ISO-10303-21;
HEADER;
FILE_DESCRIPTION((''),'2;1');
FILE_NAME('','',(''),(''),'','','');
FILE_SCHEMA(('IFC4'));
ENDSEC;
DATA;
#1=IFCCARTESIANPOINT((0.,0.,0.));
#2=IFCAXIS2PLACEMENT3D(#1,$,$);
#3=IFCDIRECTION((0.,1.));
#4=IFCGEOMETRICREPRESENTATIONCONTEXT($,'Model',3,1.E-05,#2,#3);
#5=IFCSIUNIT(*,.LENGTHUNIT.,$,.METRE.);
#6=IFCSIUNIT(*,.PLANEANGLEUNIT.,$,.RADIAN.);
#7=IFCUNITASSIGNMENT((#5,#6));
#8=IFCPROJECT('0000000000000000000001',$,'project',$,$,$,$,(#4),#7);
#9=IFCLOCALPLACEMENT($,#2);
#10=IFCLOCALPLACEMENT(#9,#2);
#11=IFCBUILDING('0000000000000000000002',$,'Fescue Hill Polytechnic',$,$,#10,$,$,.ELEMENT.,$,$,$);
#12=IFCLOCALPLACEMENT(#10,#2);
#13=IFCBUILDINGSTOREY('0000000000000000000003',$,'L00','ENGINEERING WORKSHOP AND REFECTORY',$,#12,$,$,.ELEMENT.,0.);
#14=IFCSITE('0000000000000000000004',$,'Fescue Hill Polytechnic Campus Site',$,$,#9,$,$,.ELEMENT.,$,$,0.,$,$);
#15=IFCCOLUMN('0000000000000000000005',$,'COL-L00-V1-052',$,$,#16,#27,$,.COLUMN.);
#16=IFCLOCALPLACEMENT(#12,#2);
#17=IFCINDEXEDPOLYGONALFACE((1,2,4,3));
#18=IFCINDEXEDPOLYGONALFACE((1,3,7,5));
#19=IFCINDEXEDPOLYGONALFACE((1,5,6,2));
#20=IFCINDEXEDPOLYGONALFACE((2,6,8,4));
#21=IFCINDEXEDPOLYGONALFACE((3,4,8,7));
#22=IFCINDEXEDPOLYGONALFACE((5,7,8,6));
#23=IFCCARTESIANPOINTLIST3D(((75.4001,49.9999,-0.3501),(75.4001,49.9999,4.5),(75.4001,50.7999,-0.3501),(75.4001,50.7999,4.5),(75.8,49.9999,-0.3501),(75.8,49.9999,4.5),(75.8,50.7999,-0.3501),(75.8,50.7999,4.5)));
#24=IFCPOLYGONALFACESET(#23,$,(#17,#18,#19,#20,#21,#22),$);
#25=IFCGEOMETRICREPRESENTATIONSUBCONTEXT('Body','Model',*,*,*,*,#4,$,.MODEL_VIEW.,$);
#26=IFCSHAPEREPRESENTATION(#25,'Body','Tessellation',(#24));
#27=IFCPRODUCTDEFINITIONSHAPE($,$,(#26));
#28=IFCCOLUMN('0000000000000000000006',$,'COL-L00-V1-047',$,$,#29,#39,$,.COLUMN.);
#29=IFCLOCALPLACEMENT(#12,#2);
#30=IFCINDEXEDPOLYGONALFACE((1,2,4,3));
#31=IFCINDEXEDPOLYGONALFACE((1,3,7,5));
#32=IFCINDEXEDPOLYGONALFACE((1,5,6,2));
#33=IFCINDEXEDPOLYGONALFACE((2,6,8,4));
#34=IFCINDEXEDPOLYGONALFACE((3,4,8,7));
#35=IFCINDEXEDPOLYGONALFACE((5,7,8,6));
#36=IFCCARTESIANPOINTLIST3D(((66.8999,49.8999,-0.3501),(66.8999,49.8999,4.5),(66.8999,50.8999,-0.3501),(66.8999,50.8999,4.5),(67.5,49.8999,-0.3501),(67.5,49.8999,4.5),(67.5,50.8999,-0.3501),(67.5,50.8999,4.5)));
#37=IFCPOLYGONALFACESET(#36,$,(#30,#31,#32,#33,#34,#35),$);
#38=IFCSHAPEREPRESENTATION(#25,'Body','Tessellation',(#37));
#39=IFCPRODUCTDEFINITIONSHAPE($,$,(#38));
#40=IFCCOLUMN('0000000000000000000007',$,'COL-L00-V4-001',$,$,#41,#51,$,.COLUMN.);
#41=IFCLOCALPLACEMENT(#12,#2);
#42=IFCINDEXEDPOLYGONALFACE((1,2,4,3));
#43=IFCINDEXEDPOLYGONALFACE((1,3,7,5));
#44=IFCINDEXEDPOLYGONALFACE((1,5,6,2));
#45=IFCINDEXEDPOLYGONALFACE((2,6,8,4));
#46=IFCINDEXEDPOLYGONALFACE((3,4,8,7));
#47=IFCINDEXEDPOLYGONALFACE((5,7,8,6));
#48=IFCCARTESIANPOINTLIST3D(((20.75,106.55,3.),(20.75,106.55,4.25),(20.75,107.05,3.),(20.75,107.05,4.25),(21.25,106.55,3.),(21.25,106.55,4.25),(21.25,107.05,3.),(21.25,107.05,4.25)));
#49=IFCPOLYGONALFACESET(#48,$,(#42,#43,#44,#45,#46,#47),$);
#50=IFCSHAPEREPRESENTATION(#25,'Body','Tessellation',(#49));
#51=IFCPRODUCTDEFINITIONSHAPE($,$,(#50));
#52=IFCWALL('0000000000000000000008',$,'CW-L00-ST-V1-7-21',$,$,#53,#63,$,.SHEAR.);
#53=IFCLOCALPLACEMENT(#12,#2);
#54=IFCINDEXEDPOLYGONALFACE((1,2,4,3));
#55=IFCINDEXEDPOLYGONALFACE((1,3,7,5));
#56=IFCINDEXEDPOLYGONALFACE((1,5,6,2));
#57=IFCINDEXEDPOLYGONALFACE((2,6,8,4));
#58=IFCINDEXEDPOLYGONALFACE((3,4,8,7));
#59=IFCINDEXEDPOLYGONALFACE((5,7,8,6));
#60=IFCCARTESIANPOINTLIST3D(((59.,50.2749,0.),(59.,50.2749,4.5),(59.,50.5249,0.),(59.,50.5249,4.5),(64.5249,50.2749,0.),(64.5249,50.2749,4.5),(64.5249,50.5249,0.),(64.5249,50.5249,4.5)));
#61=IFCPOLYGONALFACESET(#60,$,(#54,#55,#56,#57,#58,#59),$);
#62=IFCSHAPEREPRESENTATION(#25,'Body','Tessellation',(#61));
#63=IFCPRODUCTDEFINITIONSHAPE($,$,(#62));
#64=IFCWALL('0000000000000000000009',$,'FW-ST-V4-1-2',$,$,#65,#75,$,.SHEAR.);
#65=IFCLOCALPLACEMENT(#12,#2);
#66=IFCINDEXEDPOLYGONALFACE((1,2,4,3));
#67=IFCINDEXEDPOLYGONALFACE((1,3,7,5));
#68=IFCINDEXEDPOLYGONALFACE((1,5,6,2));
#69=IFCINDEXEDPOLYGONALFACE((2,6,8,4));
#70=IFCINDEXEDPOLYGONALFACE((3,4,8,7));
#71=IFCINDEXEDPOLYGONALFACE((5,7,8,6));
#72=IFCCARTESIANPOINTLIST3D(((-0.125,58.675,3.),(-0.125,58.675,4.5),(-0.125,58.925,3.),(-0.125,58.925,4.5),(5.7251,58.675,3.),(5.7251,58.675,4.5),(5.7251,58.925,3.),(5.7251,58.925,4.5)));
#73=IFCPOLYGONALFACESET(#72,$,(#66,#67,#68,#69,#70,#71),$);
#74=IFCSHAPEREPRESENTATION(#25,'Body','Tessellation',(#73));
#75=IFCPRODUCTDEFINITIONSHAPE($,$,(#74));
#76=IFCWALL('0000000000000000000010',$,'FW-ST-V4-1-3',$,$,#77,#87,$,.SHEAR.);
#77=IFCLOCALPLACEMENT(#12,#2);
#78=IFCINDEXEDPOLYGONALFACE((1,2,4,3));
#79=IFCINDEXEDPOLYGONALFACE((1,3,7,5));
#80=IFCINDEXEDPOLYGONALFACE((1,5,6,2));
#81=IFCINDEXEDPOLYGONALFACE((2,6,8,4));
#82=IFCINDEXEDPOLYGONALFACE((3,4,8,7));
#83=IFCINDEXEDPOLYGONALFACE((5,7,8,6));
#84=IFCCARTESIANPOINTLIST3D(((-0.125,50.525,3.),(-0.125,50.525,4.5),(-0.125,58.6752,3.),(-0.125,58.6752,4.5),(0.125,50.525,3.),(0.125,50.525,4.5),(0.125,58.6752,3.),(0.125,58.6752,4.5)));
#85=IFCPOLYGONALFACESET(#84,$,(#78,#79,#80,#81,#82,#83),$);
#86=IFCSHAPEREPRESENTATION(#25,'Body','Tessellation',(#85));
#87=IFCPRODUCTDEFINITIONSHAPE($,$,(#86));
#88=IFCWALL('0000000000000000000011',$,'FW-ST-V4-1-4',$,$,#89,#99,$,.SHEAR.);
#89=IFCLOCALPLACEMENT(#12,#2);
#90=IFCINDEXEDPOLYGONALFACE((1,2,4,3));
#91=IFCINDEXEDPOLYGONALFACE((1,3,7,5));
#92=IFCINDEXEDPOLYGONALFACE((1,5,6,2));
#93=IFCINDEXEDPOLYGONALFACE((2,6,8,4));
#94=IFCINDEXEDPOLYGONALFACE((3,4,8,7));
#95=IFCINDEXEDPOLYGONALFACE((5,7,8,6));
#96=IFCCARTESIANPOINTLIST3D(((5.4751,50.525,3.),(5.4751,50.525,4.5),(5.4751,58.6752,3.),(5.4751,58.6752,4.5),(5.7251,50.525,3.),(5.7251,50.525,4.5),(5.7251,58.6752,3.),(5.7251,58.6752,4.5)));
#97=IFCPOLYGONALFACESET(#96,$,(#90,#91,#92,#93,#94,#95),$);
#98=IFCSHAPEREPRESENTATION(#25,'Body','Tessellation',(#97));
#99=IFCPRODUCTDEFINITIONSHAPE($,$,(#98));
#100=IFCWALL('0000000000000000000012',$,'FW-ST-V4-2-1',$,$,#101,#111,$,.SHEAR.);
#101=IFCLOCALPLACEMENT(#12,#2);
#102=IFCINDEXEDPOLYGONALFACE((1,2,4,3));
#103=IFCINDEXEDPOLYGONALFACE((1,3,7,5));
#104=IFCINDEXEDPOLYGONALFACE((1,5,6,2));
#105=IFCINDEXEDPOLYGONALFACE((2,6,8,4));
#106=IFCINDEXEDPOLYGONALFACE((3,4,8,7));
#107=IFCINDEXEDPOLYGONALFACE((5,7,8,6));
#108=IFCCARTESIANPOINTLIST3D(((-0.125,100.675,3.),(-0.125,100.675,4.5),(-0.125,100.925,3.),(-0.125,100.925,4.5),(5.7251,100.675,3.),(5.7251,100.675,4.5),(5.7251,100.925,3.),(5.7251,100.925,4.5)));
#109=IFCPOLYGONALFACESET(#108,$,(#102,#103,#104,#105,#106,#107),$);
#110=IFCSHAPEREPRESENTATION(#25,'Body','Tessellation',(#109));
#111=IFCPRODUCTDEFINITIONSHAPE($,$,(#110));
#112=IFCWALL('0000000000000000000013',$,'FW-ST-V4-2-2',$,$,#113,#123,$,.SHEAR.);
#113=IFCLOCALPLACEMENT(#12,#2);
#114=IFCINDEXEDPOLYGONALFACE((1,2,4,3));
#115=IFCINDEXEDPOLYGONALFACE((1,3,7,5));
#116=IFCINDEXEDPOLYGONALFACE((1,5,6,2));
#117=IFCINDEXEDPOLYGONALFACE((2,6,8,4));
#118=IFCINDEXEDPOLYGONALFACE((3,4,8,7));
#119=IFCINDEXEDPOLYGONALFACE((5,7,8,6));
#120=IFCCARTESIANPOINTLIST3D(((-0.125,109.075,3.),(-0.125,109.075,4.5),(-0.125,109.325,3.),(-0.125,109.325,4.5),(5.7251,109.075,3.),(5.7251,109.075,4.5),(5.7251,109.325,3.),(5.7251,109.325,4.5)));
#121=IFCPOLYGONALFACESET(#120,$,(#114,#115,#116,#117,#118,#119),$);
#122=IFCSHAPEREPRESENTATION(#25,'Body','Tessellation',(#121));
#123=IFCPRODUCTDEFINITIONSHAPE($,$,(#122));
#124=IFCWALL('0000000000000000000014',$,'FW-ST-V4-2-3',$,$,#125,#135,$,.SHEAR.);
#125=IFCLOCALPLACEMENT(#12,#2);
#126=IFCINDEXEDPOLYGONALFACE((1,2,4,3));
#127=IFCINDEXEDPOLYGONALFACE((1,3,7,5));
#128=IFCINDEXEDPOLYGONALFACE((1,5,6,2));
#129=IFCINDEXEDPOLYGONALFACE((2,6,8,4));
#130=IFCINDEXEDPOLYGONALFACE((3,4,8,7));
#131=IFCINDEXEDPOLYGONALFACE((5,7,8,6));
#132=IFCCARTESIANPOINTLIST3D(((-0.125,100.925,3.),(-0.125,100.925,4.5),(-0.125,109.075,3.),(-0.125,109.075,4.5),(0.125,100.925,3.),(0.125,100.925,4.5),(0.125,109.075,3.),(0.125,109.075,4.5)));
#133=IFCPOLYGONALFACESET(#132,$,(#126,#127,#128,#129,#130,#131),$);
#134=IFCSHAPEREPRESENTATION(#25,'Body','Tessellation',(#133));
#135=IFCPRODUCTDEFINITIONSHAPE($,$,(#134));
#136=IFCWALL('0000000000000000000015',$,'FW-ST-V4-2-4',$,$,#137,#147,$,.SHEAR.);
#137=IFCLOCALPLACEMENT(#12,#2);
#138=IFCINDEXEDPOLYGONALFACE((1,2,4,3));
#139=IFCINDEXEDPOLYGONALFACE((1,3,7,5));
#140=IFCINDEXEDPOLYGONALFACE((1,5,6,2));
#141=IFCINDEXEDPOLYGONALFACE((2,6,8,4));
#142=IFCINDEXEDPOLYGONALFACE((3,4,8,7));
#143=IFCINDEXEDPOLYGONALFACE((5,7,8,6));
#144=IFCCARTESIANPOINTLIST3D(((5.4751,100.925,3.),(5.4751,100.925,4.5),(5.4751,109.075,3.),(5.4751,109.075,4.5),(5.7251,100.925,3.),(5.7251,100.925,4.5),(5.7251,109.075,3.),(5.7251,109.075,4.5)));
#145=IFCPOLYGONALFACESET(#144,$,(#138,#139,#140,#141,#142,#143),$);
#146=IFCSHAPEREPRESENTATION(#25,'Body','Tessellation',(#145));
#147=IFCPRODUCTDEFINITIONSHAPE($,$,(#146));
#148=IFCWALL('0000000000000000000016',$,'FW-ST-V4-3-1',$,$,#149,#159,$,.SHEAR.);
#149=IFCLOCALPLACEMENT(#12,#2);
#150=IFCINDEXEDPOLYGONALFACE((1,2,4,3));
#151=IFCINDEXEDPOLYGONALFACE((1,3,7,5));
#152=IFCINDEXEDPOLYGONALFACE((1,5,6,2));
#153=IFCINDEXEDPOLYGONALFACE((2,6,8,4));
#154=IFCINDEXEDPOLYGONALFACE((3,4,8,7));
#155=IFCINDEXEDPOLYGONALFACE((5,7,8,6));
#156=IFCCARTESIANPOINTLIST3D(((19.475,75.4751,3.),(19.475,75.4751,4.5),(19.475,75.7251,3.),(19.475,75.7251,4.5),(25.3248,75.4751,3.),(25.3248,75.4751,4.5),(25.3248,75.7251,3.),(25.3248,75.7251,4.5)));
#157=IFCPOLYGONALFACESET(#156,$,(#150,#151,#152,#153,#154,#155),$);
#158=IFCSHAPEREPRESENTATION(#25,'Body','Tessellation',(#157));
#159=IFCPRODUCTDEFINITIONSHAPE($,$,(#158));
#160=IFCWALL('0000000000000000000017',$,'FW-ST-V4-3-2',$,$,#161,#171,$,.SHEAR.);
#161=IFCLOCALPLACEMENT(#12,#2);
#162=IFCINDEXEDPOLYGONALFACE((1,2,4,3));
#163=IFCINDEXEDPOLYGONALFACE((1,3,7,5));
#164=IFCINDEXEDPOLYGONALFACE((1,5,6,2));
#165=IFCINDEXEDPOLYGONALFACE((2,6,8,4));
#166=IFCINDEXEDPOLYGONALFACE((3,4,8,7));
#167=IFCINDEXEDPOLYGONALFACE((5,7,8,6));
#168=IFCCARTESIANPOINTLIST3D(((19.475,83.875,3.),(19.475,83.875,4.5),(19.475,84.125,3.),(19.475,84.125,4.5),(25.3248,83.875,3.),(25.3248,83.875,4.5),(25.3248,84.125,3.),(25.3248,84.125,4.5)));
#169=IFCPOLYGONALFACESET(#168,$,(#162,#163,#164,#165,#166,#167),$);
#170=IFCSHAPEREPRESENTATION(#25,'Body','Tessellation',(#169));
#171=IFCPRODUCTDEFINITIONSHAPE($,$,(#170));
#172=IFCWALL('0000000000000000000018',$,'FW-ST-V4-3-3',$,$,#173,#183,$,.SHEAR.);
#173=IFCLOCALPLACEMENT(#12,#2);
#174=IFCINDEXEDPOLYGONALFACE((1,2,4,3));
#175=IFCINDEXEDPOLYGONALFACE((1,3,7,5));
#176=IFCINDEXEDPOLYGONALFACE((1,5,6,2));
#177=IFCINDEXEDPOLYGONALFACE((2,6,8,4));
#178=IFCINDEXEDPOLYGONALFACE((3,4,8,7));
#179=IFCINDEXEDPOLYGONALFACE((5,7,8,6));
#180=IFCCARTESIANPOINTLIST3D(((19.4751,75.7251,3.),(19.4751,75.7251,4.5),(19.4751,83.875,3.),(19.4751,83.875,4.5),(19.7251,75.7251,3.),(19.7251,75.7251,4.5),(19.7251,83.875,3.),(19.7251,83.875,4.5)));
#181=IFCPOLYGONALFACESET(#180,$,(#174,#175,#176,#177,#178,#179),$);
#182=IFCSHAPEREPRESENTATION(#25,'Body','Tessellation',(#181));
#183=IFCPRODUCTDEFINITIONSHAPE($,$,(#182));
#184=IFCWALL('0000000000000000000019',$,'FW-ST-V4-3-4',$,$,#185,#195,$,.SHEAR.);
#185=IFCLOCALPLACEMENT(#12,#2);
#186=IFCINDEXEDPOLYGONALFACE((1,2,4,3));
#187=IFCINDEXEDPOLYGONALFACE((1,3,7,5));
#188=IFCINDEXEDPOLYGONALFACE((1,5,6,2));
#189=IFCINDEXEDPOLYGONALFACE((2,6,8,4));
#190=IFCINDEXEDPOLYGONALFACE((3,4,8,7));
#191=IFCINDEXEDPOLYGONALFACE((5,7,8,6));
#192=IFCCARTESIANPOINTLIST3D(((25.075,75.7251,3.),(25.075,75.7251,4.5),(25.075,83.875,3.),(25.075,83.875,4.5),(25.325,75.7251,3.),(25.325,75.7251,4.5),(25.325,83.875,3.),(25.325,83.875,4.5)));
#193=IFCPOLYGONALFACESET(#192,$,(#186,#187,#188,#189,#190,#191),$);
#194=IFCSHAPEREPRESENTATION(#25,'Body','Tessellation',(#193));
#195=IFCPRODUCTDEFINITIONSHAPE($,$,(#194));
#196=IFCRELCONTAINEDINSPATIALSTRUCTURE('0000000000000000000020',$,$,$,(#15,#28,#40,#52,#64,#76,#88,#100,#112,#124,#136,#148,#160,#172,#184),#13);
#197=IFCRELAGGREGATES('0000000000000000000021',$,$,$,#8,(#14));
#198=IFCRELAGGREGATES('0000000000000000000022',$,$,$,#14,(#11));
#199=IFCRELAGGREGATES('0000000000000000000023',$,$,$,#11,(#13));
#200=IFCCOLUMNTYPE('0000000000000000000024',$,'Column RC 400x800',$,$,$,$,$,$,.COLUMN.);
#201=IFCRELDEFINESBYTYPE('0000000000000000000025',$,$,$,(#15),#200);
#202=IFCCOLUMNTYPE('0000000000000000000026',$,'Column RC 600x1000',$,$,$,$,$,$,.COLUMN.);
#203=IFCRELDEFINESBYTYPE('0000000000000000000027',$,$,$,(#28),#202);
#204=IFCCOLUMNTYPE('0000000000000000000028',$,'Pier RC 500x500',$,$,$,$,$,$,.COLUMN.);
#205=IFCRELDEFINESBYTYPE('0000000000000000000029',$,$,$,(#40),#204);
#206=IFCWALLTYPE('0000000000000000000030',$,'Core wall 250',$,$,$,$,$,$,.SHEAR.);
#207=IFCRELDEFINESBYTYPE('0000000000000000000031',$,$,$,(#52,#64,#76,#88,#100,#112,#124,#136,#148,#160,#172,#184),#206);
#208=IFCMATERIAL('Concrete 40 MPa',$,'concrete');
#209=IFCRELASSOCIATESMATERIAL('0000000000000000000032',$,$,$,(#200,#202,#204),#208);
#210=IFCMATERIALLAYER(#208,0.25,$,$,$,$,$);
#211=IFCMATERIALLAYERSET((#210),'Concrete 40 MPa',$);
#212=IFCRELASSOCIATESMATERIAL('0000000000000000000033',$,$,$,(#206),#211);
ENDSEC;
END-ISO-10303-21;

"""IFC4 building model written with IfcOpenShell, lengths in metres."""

from ifc_helpers import new_model, si_unit, direction, frame, frame_2d, origin, origin_2d, place, context, subcontext, project, spatial, rectangle, extrude, material, layer, layer_set, material_profile, profile_set, type_object, element, save


model = new_model("IFC4")

# Units and contexts
model_context = context("Model", 3, precision=1e-05, world=origin(), true_north=direction((0.0, 1.0)))
body_context = subcontext(model_context, "Body", "Model", "MODEL_VIEW")
ifc_project = project(units=[si_unit("LENGTHUNIT", "METRE"), si_unit("PLANEANGLEUNIT", "RADIAN")], contexts=[model_context])

# Site, building, storey
site_placement = place(None, origin())
site = spatial("IfcSite", under=ifc_project, at=site_placement, Name="Fescue Hill Polytechnic Campus Site", CompositionType="ELEMENT", RefElevation=0.0)
building_placement = place(site_placement, origin())
building = spatial("IfcBuilding", under=site, at=building_placement, Name="Fescue Hill Polytechnic", CompositionType="ELEMENT")
storey_placement = place(building_placement, origin())
storey = spatial("IfcBuildingStorey", under=building, at=storey_placement, Name="L00", Description="ENGINEERING WORKSHOP AND REFECTORY", CompositionType="ELEMENT", Elevation=0.0)

# Columns
ifc_material_1 = material(Name="Concrete 40 MPa", Category="concrete")
ifc_material_profile_1 = material_profile(ifc_material_1, rectangle(XDim=0.3999, YDim=0.8, at=origin_2d()), Name="RC 400x800")
ifc_profile_set_1 = profile_set([ifc_material_profile_1], Name="Concrete 40 MPa")
column_type_1 = type_object("IfcColumnType", Name="Column RC 400x800", PredefinedType="COLUMN", material=ifc_profile_set_1)
column_1_placement = place(storey_placement, frame((75.6001, 50.3999, -0.3501), z_axis=(0.0, 0.0, 1.0), x_axis=(1.0, 0.0, 0.0)))
element("IfcColumn", 1, at=column_1_placement, inside=storey, type_object=column_type_1, Name="COL-L00-V1-052", PredefinedType="COLUMN", context=body_context, shape_type="SweptSolid", body=[
    extrude(rectangle(XDim=0.3999, YDim=0.8, at=origin_2d()), origin(), (0.0, 0.0, 1.0), 4.8501),
])
ifc_material_profile_2 = material_profile(ifc_material_1, rectangle(XDim=0.6001, YDim=1.0, at=origin_2d()), Name="RC 600x1000")
ifc_profile_set_2 = profile_set([ifc_material_profile_2], Name="Concrete 40 MPa")
column_type_2 = type_object("IfcColumnType", Name="Column RC 600x1000", PredefinedType="COLUMN", material=ifc_profile_set_2)
column_2_placement = place(storey_placement, frame((67.2, 50.3999, -0.3501), z_axis=(0.0, 0.0, 1.0), x_axis=(1.0, 0.0, 0.0)))
element("IfcColumn", 2, at=column_2_placement, inside=storey, type_object=column_type_2, Name="COL-L00-V1-047", PredefinedType="COLUMN", context=body_context, shape_type="SweptSolid", body=[
    extrude(rectangle(XDim=0.6001, YDim=1.0, at=origin_2d()), origin(), (0.0, 0.0, 1.0), 4.8501),
])
ifc_material_profile_3 = material_profile(ifc_material_1, rectangle(XDim=0.5, YDim=0.5, at=origin_2d()), Name="RC 500x500")
ifc_profile_set_3 = profile_set([ifc_material_profile_3], Name="Concrete 40 MPa")
column_type_3 = type_object("IfcColumnType", Name="Pier RC 500x500", PredefinedType="COLUMN", material=ifc_profile_set_3)
column_3_placement = place(storey_placement, frame((21.0, 106.8, 3.0), z_axis=(0.0, 0.0, 1.0), x_axis=(1.0, 0.0, 0.0)))
element("IfcColumn", 3, at=column_3_placement, inside=storey, type_object=column_type_3, Name="COL-L00-V4-001", PredefinedType="COLUMN", context=body_context, shape_type="SweptSolid", body=[
    extrude(rectangle(XDim=0.5, YDim=0.5, at=origin_2d()), origin(), (0.0, 0.0, 1.0), 1.25),
])

# Walls
ifc_layer_1 = layer(ifc_material_1, 0.25)
ifc_layer_set_1 = layer_set([ifc_layer_1], Name="Concrete 40 MPa")
wall_type_1 = type_object("IfcWallType", Name="Core wall 250", PredefinedType="SHEAR", material=ifc_layer_set_1)
wall_1_placement = place(storey_placement, frame((59.0, 50.3999, 0.0), z_axis=(0.0, 0.0, 1.0), x_axis=(1.0, 0.0, 0.0)))
element("IfcWall", 4, at=wall_1_placement, inside=storey, type_object=wall_type_1, Name="CW-L00-ST-V1-7-21", PredefinedType="SHEAR", context=body_context, shape_type="SweptSolid", body=[
    extrude(rectangle(XDim=5.5249, YDim=0.25, at=frame_2d((2.7625, 0.0))), origin(), (0.0, 0.0, 1.0), 4.5),
])
wall_2_placement = place(storey_placement, frame((-0.125, 58.8, 3.0), z_axis=(0.0, 0.0, 1.0), x_axis=(1.0, 0.0, 0.0)))
element("IfcWall", 5, at=wall_2_placement, inside=storey, type_object=wall_type_1, Name="FW-ST-V4-1-2", PredefinedType="SHEAR", context=body_context, shape_type="SweptSolid", body=[
    extrude(rectangle(XDim=5.8501, YDim=0.25, at=frame_2d((2.925, 0.0))), origin(), (0.0, 0.0, 1.0), 1.5),
])
for number, where, z_axis, x_axis, name in (
    (6, (0.0, 50.5249, 3.0), (0.0, 0.0, 1.0), (0.0, 1.0, 0.0), "FW-ST-V4-1-3"),
    (7, (5.6001, 50.5249, 3.0), (0.0, 0.0, 1.0), (0.0, 1.0, 0.0), "FW-ST-V4-1-4"),
):
    element("IfcWall", number, at=place(storey_placement, frame(where, z_axis=z_axis, x_axis=x_axis)), inside=storey, type_object=wall_type_1, Name=name, PredefinedType="SHEAR", context=body_context, shape_type="SweptSolid", body=[
        extrude(rectangle(XDim=8.1501, YDim=0.25, at=frame_2d((4.0752, 0.0))), origin(), (0.0, 0.0, 1.0), 1.5),
    ])
for number, where, z_axis, x_axis, name in (
    (8, (-0.125, 100.8, 3.0), (0.0, 0.0, 1.0), (1.0, 0.0, 0.0), "FW-ST-V4-2-1"),
    (9, (-0.125, 109.2, 3.0), (0.0, 0.0, 1.0), (1.0, 0.0, 0.0), "FW-ST-V4-2-2"),
):
    element("IfcWall", number, at=place(storey_placement, frame(where, z_axis=z_axis, x_axis=x_axis)), inside=storey, type_object=wall_type_1, Name=name, PredefinedType="SHEAR", context=body_context, shape_type="SweptSolid", body=[
        extrude(rectangle(XDim=5.8501, YDim=0.25, at=frame_2d((2.925, 0.0))), origin(), (0.0, 0.0, 1.0), 1.5),
    ])
for number, where, z_axis, x_axis, name in (
    (10, (0.0, 100.925, 3.0), (0.0, 0.0, 1.0), (0.0, 1.0, 0.0), "FW-ST-V4-2-3"),
    (11, (5.6001, 100.925, 3.0), (0.0, 0.0, 1.0), (0.0, 1.0, 0.0), "FW-ST-V4-2-4"),
):
    element("IfcWall", number, at=place(storey_placement, frame(where, z_axis=z_axis, x_axis=x_axis)), inside=storey, type_object=wall_type_1, Name=name, PredefinedType="SHEAR", context=body_context, shape_type="SweptSolid", body=[
        extrude(rectangle(XDim=8.1499, YDim=0.25, at=frame_2d((4.075, 0.0))), origin(), (0.0, 0.0, 1.0), 1.5),
    ])
for number, where, z_axis, x_axis, name in (
    (12, (19.4751, 75.6001, 3.0), (0.0, 0.0, 1.0), (1.0, 0.0, 0.0), "FW-ST-V4-3-1"),
    (13, (19.4751, 84.0, 3.0), (0.0, 0.0, 1.0), (1.0, 0.0, 0.0), "FW-ST-V4-3-2"),
):
    element("IfcWall", number, at=place(storey_placement, frame(where, z_axis=z_axis, x_axis=x_axis)), inside=storey, type_object=wall_type_1, Name=name, PredefinedType="SHEAR", context=body_context, shape_type="SweptSolid", body=[
        extrude(rectangle(XDim=5.8499, YDim=0.25, at=frame_2d((2.9248, 0.0))), origin(), (0.0, 0.0, 1.0), 1.5),
    ])
for number, where, z_axis, x_axis, name in (
    (14, (19.6001, 75.7251, 3.0), (0.0, 0.0, 1.0), (0.0, 1.0, 0.0), "FW-ST-V4-3-3"),
    (15, (25.2, 75.7251, 3.0), (0.0, 0.0, 1.0), (0.0, 1.0, 0.0), "FW-ST-V4-3-4"),
):
    element("IfcWall", number, at=place(storey_placement, frame(where, z_axis=z_axis, x_axis=x_axis)), inside=storey, type_object=wall_type_1, Name=name, PredefinedType="SHEAR", context=body_context, shape_type="SweptSolid", body=[
        extrude(rectangle(XDim=8.1499, YDim=0.25, at=frame_2d((4.075, 0.0))), origin(), (0.0, 0.0, 1.0), 1.5),
    ])

save(model, "model.ifc")
